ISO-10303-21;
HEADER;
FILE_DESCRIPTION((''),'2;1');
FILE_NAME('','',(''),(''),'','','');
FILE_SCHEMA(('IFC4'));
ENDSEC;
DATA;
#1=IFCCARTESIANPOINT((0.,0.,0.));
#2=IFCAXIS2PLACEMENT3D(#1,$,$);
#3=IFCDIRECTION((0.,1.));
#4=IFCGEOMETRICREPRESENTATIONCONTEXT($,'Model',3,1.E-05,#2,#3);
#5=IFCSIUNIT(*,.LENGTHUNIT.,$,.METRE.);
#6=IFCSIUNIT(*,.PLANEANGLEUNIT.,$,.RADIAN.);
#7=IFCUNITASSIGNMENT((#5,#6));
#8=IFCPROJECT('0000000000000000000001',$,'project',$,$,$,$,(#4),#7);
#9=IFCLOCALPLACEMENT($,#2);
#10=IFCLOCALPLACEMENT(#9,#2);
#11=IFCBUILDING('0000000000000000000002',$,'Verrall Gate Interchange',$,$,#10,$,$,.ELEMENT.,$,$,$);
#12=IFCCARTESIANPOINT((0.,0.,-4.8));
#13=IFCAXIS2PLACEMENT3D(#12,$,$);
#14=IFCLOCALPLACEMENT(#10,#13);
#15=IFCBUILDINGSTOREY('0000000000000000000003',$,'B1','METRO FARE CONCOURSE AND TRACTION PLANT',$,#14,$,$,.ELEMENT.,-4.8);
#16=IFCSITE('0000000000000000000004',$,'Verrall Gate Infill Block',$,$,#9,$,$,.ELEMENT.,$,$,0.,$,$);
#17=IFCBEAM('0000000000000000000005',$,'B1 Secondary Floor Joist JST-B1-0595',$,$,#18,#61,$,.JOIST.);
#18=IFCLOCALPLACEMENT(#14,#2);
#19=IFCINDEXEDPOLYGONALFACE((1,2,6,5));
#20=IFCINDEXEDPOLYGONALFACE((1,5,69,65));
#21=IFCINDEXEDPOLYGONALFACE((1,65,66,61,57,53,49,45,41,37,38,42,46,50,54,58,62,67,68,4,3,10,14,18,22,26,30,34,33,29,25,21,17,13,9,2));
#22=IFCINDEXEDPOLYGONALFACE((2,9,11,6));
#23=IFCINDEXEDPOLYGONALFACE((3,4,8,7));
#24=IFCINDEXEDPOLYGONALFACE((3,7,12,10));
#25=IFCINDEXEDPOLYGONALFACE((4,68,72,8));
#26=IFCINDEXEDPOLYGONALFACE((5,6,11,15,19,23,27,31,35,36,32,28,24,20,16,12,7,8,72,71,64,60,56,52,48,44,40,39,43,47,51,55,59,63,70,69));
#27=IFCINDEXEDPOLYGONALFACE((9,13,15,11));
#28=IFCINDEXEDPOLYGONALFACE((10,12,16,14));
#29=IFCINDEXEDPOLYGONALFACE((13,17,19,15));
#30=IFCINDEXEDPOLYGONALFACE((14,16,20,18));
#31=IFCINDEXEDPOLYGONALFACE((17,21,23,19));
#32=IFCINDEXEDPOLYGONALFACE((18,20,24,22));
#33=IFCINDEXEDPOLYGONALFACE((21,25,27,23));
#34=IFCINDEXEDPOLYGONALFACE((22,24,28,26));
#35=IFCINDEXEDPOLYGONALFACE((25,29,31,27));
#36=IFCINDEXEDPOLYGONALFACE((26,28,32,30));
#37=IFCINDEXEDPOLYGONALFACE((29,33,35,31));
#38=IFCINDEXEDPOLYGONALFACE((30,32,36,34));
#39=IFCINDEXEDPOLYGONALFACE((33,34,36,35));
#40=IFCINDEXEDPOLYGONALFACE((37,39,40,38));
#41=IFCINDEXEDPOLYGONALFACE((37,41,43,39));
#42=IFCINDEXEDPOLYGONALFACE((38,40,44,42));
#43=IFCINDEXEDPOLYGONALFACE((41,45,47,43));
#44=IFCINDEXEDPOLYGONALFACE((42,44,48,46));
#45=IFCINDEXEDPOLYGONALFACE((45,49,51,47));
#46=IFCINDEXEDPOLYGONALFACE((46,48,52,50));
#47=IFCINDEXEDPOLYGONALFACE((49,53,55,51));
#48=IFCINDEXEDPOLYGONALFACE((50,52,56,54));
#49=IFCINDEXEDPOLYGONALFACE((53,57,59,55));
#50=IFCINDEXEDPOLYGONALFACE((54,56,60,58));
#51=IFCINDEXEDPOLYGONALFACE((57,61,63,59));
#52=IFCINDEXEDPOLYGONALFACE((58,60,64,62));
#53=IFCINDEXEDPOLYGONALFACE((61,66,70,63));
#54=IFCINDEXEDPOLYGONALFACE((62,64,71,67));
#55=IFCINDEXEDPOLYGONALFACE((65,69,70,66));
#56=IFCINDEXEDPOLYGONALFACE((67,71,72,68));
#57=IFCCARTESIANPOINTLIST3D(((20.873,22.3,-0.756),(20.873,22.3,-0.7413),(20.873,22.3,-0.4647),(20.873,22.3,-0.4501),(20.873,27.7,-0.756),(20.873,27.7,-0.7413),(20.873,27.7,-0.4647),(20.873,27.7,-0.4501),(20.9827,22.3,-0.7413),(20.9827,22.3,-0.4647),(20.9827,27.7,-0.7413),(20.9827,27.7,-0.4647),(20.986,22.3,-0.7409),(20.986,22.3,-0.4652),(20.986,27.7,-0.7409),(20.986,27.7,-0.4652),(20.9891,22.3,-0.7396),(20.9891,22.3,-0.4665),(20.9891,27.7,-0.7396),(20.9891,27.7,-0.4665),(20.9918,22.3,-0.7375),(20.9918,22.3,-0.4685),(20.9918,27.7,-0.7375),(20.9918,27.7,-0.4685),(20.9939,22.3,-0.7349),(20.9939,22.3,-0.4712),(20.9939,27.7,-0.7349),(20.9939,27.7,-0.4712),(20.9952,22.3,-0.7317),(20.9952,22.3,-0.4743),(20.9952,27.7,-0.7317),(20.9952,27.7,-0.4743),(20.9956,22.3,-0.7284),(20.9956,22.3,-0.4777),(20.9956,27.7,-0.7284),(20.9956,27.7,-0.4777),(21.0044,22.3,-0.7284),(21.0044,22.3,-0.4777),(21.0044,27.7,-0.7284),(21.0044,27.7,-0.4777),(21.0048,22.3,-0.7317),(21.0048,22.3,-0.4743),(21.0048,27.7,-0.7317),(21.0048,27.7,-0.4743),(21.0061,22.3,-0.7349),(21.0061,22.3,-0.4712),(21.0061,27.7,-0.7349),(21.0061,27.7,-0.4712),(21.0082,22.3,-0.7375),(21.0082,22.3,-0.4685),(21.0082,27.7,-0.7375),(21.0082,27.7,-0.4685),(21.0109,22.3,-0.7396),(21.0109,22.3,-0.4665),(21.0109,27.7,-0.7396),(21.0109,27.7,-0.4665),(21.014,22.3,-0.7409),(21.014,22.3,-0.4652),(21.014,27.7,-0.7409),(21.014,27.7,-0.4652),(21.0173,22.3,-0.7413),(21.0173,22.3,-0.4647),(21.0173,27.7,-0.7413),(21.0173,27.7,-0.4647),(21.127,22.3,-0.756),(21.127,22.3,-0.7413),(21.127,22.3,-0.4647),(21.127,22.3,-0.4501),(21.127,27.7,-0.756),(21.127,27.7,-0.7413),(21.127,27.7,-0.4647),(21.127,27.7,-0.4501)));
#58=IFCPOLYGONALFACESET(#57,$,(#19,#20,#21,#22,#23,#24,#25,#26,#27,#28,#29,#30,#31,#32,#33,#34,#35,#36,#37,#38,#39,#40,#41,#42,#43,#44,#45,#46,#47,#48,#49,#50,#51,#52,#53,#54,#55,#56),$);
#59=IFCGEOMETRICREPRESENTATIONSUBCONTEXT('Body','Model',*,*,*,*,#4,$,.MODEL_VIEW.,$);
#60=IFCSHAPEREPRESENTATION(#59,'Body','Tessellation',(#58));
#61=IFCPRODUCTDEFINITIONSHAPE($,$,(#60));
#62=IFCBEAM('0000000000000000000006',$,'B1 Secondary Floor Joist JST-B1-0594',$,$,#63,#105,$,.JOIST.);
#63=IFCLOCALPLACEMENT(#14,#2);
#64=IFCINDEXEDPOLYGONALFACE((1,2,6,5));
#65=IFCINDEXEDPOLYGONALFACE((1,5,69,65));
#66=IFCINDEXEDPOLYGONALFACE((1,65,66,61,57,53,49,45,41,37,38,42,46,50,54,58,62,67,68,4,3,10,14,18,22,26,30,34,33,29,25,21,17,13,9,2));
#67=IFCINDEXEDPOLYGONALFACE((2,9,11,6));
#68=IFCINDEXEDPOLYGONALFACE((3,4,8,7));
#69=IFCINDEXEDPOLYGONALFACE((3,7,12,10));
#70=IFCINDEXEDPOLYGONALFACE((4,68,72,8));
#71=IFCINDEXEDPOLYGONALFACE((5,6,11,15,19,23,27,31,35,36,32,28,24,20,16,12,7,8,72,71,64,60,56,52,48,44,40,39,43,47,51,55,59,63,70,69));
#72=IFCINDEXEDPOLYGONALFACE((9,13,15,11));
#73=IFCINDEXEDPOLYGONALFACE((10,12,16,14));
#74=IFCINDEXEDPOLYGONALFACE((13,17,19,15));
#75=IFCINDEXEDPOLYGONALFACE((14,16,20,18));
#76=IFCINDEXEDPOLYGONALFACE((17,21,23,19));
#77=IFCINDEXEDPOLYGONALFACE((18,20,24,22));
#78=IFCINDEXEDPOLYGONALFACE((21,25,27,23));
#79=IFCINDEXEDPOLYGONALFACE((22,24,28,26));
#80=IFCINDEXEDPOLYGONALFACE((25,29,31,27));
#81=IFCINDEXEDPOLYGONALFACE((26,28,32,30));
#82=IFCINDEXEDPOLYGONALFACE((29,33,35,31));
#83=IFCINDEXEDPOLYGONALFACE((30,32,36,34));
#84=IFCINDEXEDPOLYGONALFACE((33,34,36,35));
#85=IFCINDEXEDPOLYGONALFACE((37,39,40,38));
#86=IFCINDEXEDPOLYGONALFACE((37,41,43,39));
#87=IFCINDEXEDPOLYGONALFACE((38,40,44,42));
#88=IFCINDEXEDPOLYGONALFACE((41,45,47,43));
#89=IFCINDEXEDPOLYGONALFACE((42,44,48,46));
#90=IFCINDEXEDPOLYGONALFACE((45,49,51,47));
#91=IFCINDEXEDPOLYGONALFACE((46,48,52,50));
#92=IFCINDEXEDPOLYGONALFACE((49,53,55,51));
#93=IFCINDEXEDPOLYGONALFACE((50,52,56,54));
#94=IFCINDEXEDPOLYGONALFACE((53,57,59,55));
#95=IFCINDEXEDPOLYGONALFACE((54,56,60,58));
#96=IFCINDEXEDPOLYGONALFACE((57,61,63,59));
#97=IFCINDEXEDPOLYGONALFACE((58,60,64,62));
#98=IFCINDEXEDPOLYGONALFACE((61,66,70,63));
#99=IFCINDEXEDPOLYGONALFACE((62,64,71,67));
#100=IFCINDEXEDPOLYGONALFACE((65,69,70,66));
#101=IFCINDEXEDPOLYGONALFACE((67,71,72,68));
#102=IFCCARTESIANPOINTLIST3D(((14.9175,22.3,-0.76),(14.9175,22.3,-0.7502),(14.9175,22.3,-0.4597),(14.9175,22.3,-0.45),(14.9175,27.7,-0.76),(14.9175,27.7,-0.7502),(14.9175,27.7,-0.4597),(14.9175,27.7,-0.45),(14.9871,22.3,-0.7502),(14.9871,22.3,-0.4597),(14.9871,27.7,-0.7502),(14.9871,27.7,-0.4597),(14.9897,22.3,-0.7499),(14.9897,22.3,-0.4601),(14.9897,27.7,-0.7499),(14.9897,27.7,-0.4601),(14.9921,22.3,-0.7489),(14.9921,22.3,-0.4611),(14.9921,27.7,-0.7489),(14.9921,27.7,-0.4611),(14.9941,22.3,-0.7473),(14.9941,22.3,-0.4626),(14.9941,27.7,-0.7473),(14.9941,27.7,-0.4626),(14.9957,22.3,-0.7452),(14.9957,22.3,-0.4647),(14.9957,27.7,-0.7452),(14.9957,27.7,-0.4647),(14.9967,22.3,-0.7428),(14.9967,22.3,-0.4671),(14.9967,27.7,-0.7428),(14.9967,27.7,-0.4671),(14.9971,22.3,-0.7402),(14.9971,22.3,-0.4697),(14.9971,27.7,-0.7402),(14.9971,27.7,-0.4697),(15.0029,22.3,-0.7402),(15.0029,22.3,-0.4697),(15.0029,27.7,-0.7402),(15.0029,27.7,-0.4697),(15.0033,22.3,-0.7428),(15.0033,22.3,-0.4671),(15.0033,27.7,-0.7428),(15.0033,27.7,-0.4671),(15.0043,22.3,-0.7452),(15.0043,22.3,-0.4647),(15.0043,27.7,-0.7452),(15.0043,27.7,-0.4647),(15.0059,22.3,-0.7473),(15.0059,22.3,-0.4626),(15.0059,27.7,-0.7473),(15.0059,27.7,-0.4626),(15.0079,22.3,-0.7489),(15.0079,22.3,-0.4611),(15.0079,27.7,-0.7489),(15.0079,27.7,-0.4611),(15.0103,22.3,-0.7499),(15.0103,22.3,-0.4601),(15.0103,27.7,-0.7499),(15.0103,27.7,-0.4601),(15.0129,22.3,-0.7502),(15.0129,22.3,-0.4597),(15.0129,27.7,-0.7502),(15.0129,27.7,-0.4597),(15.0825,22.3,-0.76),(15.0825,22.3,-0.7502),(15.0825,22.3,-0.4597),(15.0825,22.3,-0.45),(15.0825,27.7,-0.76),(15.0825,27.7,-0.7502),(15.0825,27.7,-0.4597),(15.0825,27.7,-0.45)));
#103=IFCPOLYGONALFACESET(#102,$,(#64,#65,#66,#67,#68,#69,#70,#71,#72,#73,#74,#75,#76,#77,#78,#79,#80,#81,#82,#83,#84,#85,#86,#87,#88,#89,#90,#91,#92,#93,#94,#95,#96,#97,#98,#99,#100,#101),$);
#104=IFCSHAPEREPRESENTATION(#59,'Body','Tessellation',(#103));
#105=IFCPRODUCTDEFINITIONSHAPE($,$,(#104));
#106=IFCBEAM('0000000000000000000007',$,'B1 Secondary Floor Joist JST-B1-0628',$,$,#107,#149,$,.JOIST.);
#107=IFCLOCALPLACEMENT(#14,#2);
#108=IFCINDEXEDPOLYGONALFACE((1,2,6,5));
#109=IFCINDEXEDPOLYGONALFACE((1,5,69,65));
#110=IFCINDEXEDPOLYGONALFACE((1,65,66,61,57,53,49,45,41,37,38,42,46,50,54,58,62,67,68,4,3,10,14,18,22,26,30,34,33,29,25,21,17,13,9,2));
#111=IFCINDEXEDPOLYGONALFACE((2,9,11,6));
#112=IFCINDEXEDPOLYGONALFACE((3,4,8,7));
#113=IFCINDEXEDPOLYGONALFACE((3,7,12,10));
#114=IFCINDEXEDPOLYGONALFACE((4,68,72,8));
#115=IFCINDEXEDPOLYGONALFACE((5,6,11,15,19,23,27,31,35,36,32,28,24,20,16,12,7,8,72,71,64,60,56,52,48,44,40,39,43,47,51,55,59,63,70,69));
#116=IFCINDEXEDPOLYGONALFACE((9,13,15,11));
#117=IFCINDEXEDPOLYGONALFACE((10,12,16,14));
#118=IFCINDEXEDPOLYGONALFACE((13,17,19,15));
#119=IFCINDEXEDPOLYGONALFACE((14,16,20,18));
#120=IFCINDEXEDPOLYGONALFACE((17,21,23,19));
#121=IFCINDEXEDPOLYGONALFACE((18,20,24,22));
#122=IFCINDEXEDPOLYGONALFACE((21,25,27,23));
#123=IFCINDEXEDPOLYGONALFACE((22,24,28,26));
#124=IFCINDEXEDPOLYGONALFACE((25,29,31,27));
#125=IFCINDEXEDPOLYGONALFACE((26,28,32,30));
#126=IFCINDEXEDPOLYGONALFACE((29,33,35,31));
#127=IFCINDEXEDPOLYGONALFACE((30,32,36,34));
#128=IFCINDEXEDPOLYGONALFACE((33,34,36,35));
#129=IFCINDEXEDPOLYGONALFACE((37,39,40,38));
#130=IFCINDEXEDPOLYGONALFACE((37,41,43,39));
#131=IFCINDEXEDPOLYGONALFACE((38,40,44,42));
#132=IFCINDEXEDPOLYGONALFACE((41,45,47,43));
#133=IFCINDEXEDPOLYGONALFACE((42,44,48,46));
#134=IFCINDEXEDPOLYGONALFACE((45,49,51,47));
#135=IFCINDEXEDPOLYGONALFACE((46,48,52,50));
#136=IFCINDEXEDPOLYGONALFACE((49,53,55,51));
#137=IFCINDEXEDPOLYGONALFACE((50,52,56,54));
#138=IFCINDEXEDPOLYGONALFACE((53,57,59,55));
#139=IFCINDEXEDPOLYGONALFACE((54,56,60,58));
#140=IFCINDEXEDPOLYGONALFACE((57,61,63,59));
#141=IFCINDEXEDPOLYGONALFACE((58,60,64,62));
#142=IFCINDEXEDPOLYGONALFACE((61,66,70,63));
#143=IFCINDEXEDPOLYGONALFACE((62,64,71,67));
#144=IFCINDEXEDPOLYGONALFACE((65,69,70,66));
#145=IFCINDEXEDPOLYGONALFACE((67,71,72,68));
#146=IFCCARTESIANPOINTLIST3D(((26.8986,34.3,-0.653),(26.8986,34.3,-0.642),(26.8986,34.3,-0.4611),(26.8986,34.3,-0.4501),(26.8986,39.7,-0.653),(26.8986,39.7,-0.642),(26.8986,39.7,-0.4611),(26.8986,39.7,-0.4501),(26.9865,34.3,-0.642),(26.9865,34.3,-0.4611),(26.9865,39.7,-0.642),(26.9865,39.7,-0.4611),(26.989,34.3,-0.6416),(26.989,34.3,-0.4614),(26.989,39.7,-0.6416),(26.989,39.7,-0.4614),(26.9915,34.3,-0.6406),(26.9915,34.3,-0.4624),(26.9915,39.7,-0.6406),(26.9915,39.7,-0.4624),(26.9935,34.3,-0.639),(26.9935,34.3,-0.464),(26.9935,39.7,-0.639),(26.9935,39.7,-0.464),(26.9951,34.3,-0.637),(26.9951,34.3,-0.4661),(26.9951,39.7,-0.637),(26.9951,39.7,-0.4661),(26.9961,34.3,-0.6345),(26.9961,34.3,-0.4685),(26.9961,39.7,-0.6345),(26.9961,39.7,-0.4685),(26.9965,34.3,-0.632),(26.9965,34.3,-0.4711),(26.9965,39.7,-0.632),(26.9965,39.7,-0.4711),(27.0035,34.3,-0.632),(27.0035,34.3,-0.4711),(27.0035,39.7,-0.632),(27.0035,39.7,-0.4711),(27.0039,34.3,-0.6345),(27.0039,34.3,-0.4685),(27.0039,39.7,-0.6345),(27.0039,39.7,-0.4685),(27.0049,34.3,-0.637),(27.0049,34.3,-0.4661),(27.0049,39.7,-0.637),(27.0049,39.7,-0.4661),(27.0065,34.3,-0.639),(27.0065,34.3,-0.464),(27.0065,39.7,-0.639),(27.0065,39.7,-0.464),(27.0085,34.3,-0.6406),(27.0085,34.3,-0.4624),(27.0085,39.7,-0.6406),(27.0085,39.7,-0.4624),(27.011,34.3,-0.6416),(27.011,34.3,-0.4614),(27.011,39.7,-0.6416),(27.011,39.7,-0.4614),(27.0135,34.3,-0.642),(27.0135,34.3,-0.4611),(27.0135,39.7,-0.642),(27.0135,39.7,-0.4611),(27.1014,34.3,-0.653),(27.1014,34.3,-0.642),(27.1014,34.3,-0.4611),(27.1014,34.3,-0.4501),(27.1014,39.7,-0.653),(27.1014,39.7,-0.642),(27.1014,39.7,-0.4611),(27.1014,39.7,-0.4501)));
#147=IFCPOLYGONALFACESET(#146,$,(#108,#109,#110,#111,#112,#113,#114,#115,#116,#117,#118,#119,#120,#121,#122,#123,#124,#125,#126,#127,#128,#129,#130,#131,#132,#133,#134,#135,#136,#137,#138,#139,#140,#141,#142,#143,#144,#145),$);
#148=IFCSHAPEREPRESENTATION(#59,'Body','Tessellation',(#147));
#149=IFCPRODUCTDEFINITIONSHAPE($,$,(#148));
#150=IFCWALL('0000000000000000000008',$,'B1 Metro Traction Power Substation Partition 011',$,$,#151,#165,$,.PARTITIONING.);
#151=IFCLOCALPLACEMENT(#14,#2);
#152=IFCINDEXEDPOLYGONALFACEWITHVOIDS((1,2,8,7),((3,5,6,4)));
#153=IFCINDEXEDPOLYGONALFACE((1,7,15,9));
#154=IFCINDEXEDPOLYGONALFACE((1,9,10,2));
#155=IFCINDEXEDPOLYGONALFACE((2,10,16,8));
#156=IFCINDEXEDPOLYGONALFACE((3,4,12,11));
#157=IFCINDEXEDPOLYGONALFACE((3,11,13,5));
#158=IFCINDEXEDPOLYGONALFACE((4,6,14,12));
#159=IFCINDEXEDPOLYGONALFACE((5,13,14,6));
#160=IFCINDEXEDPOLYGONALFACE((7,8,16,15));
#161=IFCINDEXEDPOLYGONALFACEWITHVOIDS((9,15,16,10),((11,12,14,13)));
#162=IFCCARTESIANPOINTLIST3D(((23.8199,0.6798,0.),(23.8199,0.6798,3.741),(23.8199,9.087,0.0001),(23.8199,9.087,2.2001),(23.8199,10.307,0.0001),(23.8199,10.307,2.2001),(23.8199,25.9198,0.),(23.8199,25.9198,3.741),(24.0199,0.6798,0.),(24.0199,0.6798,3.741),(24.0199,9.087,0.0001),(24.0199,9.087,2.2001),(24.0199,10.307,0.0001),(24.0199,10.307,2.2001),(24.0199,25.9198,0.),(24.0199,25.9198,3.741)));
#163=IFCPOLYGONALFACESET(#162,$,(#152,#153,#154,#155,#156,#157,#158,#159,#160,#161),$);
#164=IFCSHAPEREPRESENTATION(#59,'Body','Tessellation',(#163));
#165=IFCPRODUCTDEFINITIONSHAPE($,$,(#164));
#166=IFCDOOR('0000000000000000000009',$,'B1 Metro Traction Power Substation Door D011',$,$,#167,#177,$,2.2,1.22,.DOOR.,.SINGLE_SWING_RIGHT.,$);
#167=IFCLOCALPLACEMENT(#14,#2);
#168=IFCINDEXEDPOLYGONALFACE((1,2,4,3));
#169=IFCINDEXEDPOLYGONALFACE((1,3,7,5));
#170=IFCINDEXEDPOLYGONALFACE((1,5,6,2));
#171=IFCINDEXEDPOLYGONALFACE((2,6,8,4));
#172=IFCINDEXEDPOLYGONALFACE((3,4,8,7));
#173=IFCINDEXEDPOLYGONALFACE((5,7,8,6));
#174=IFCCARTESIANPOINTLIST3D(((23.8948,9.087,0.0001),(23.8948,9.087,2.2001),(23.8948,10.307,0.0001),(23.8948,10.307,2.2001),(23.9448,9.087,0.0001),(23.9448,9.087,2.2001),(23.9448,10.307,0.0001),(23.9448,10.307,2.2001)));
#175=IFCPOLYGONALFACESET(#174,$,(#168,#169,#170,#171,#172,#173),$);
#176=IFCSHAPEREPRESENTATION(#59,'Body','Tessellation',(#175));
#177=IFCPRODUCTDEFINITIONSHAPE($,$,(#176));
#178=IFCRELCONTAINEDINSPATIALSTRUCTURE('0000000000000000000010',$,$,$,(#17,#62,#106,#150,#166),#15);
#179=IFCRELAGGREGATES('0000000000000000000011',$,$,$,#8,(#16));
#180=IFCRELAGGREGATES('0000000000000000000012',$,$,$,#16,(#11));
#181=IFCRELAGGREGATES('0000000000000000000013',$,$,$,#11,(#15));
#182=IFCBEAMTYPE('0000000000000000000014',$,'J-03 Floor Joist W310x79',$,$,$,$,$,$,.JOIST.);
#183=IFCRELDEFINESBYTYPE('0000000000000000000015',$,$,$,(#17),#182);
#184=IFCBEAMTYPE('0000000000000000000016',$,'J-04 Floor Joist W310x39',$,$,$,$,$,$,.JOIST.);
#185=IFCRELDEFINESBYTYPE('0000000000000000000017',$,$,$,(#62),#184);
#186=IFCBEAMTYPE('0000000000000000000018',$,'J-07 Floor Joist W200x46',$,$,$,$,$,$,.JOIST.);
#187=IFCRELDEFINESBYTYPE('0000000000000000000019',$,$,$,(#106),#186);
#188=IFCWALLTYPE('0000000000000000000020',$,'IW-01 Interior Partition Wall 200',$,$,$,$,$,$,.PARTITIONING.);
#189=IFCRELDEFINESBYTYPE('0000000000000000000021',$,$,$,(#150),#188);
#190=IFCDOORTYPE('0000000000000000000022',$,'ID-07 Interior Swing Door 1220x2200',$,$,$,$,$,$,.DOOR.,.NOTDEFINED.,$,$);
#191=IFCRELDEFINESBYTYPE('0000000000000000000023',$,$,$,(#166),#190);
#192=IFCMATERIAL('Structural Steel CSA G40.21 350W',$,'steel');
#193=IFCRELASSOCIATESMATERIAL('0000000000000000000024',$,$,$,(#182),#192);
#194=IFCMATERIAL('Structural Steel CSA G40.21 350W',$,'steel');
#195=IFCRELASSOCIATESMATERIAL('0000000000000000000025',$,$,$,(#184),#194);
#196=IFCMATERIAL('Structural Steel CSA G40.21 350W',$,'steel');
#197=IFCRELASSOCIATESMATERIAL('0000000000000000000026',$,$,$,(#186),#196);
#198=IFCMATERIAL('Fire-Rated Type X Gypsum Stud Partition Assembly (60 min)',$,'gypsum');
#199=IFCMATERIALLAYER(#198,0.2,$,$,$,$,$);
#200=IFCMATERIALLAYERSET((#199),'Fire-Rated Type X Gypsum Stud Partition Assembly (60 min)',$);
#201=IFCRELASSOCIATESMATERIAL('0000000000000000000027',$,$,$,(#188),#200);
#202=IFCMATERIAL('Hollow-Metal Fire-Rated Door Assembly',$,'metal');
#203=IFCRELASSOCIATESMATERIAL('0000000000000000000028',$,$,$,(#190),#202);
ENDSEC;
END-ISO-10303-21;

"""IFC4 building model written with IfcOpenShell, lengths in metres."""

from ifc_helpers import new_model, si_unit, direction, frame, frame_2d, origin, origin_2d, place, context, subcontext, project, spatial, rectangle, i_section, extrude, material, layer, layer_set, material_profile, profile_set, type_object, element, fill, save


model = new_model("IFC4")

# Units and contexts
model_context = context("Model", 3, precision=1e-05, world=origin(), true_north=direction((0.0, 1.0)))
body_context = subcontext(model_context, "Body", "Model", "MODEL_VIEW")
ifc_project = project(units=[si_unit("LENGTHUNIT", "METRE"), si_unit("PLANEANGLEUNIT", "RADIAN")], contexts=[model_context])

# Site, building, storey
site_placement = place(None, origin())
site = spatial("IfcSite", under=ifc_project, at=site_placement, Name="Verrall Gate Infill Block", CompositionType="ELEMENT", RefElevation=0.0)
building_placement = place(site_placement, origin())
building = spatial("IfcBuilding", under=site, at=building_placement, Name="Verrall Gate Interchange", CompositionType="ELEMENT")
storey_placement = place(building_placement, frame((0.0, 0.0, -4.8)))
storey = spatial("IfcBuildingStorey", under=building, at=storey_placement, Name="B1", Description="METRO FARE CONCOURSE AND TRACTION PLANT", CompositionType="ELEMENT", Elevation=-4.8)

# Beams
ifc_material_1 = material(Name="Structural Steel CSA G40.21 350W", Category="steel")
ifc_material_profile_1 = material_profile(ifc_material_1, i_section(OverallWidth=0.2539, OverallDepth=0.3059, WebThickness=0.0088, FlangeThickness=0.0146, FilletRadius=0.0129, at=origin_2d()), Name="W310x79")
ifc_profile_set_1 = profile_set([ifc_material_profile_1], Name="Structural Steel CSA G40.21 350W")
beam_type_1 = type_object("IfcBeamType", Name="J-03 Floor Joist W310x79", PredefinedType="JOIST", material=ifc_profile_set_1)
beam_1_placement = place(storey_placement, frame((21.0, 22.3, -0.603), z_axis=(0.0, 1.0, 0.0), x_axis=(-1.0, 0.0, 0.0)))
element("IfcBeam", 1, at=beam_1_placement, inside=storey, type_object=beam_type_1, Name="B1 Secondary Floor Joist JST-B1-0595", PredefinedType="JOIST", context=body_context, shape_type="SweptSolid", body=[
    extrude(i_section(OverallWidth=0.2539, OverallDepth=0.3059, WebThickness=0.0088, FlangeThickness=0.0146, FilletRadius=0.0129, at=origin_2d()), origin(), (0.0, 0.0, 1.0), 5.3999),
])
ifc_material_2 = material(Name="Structural Steel CSA G40.21 350W", Category="steel")
ifc_material_profile_2 = material_profile(ifc_material_2, i_section(OverallWidth=0.165, OverallDepth=0.3101, WebThickness=0.0059, FlangeThickness=0.0098, FilletRadius=0.01, at=origin_2d()), Name="W310x39")
ifc_profile_set_2 = profile_set([ifc_material_profile_2], Name="Structural Steel CSA G40.21 350W")
beam_type_2 = type_object("IfcBeamType", Name="J-04 Floor Joist W310x39", PredefinedType="JOIST", material=ifc_profile_set_2)
beam_2_placement = place(storey_placement, frame((15.0, 22.3, -0.605), z_axis=(0.0, 1.0, 0.0), x_axis=(-1.0, 0.0, 0.0)))
element("IfcBeam", 2, at=beam_2_placement, inside=storey, type_object=beam_type_2, Name="B1 Secondary Floor Joist JST-B1-0594", PredefinedType="JOIST", context=body_context, shape_type="SweptSolid", body=[
    extrude(i_section(OverallWidth=0.165, OverallDepth=0.3101, WebThickness=0.0059, FlangeThickness=0.0098, FilletRadius=0.01, at=origin_2d()), origin(), (0.0, 0.0, 1.0), 5.3999),
])
ifc_material_3 = material(Name="Structural Steel CSA G40.21 350W", Category="steel")
ifc_material_profile_3 = material_profile(ifc_material_3, i_section(OverallWidth=0.2029, OverallDepth=0.2029, WebThickness=0.0071, FlangeThickness=0.011, FilletRadius=0.01, at=origin_2d()), Name="W200x46")
ifc_profile_set_3 = profile_set([ifc_material_profile_3], Name="Structural Steel CSA G40.21 350W")
beam_type_3 = type_object("IfcBeamType", Name="J-07 Floor Joist W200x46", PredefinedType="JOIST", material=ifc_profile_set_3)
beam_3_placement = place(storey_placement, frame((27.0, 34.3, -0.5515), z_axis=(0.0, 1.0, 0.0), x_axis=(-1.0, 0.0, 0.0)))
element("IfcBeam", 3, at=beam_3_placement, inside=storey, type_object=beam_type_3, Name="B1 Secondary Floor Joist JST-B1-0628", PredefinedType="JOIST", context=body_context, shape_type="SweptSolid", body=[
    extrude(i_section(OverallWidth=0.2029, OverallDepth=0.2029, WebThickness=0.0071, FlangeThickness=0.011, FilletRadius=0.01, at=origin_2d()), origin(), (0.0, 0.0, 1.0), 5.3999),
])

# Wall, opening, door
ifc_material_4 = material(Name="Fire-Rated Type X Gypsum Stud Partition Assembly (60 min)", Category="gypsum")
ifc_layer_1 = layer(ifc_material_4, 0.2)
ifc_layer_set_1 = layer_set([ifc_layer_1], Name="Fire-Rated Type X Gypsum Stud Partition Assembly (60 min)")
wall_type_1 = type_object("IfcWallType", Name="IW-01 Interior Partition Wall 200", PredefinedType="PARTITIONING", material=ifc_layer_set_1)
wall_1_placement = place(storey_placement, frame((23.9199, 25.9199, 0.0), z_axis=(0.0, 0.0, 1.0), x_axis=(0.0, -1.0, 0.0)))
wall_1 = element("IfcWall", 4, at=wall_1_placement, inside=storey, type_object=wall_type_1, Name="B1 Metro Traction Power Substation Partition 011", PredefinedType="PARTITIONING", context=body_context, shape_type="SweptSolid", body=[
    extrude(rectangle(XDim=25.24, YDim=0.2, at=frame_2d((12.6201, 0.0))), origin(), (0.0, 0.0, 1.0), 3.741),
])
opening_1_placement = place(wall_1_placement, frame((15.613, 0.0, 0.0)))
opening_1 = element("IfcOpeningElement", 5, at=opening_1_placement, cuts=wall_1, PredefinedType="OPENING", context=body_context, shape_type="SweptSolid", body=[
    extrude(rectangle(XDim=1.22, YDim=2.2, at=frame_2d((0.6099, 1.1001))), frame((0.0, 0.1147, 0.0), z_axis=(0.0, -1.0, 0.0), x_axis=(1.0, 0.0, 0.0)), (0.0, 0.0, 1.0), 0.2297),
])
ifc_material_5 = material(Name="Hollow-Metal Fire-Rated Door Assembly", Category="metal")
door_type_1 = type_object("IfcDoorType", Name="ID-07 Interior Swing Door 1220x2200", OperationType="NOTDEFINED", PredefinedType="DOOR", material=ifc_material_5)
door_1_placement = place(opening_1_placement, origin())
door_1 = element("IfcDoor", 6, at=door_1_placement, inside=storey, type_object=door_type_1, Name="B1 Metro Traction Power Substation Door D011", OperationType="SINGLE_SWING_RIGHT", OverallHeight=2.2, OverallWidth=1.22, PredefinedType="DOOR", context=body_context, shape_type="SweptSolid", body=[
    extrude(rectangle(XDim=1.22, YDim=2.2, at=frame_2d((0.6099, 1.1001))), frame((0.0, 0.0249, 0.0), z_axis=(0.0, -1.0, 0.0), x_axis=(1.0, 0.0, 0.0)), (0.0, 0.0, 1.0), 0.05),
])
fill(opening_1, door_1)

save(model, "model.ifc")
